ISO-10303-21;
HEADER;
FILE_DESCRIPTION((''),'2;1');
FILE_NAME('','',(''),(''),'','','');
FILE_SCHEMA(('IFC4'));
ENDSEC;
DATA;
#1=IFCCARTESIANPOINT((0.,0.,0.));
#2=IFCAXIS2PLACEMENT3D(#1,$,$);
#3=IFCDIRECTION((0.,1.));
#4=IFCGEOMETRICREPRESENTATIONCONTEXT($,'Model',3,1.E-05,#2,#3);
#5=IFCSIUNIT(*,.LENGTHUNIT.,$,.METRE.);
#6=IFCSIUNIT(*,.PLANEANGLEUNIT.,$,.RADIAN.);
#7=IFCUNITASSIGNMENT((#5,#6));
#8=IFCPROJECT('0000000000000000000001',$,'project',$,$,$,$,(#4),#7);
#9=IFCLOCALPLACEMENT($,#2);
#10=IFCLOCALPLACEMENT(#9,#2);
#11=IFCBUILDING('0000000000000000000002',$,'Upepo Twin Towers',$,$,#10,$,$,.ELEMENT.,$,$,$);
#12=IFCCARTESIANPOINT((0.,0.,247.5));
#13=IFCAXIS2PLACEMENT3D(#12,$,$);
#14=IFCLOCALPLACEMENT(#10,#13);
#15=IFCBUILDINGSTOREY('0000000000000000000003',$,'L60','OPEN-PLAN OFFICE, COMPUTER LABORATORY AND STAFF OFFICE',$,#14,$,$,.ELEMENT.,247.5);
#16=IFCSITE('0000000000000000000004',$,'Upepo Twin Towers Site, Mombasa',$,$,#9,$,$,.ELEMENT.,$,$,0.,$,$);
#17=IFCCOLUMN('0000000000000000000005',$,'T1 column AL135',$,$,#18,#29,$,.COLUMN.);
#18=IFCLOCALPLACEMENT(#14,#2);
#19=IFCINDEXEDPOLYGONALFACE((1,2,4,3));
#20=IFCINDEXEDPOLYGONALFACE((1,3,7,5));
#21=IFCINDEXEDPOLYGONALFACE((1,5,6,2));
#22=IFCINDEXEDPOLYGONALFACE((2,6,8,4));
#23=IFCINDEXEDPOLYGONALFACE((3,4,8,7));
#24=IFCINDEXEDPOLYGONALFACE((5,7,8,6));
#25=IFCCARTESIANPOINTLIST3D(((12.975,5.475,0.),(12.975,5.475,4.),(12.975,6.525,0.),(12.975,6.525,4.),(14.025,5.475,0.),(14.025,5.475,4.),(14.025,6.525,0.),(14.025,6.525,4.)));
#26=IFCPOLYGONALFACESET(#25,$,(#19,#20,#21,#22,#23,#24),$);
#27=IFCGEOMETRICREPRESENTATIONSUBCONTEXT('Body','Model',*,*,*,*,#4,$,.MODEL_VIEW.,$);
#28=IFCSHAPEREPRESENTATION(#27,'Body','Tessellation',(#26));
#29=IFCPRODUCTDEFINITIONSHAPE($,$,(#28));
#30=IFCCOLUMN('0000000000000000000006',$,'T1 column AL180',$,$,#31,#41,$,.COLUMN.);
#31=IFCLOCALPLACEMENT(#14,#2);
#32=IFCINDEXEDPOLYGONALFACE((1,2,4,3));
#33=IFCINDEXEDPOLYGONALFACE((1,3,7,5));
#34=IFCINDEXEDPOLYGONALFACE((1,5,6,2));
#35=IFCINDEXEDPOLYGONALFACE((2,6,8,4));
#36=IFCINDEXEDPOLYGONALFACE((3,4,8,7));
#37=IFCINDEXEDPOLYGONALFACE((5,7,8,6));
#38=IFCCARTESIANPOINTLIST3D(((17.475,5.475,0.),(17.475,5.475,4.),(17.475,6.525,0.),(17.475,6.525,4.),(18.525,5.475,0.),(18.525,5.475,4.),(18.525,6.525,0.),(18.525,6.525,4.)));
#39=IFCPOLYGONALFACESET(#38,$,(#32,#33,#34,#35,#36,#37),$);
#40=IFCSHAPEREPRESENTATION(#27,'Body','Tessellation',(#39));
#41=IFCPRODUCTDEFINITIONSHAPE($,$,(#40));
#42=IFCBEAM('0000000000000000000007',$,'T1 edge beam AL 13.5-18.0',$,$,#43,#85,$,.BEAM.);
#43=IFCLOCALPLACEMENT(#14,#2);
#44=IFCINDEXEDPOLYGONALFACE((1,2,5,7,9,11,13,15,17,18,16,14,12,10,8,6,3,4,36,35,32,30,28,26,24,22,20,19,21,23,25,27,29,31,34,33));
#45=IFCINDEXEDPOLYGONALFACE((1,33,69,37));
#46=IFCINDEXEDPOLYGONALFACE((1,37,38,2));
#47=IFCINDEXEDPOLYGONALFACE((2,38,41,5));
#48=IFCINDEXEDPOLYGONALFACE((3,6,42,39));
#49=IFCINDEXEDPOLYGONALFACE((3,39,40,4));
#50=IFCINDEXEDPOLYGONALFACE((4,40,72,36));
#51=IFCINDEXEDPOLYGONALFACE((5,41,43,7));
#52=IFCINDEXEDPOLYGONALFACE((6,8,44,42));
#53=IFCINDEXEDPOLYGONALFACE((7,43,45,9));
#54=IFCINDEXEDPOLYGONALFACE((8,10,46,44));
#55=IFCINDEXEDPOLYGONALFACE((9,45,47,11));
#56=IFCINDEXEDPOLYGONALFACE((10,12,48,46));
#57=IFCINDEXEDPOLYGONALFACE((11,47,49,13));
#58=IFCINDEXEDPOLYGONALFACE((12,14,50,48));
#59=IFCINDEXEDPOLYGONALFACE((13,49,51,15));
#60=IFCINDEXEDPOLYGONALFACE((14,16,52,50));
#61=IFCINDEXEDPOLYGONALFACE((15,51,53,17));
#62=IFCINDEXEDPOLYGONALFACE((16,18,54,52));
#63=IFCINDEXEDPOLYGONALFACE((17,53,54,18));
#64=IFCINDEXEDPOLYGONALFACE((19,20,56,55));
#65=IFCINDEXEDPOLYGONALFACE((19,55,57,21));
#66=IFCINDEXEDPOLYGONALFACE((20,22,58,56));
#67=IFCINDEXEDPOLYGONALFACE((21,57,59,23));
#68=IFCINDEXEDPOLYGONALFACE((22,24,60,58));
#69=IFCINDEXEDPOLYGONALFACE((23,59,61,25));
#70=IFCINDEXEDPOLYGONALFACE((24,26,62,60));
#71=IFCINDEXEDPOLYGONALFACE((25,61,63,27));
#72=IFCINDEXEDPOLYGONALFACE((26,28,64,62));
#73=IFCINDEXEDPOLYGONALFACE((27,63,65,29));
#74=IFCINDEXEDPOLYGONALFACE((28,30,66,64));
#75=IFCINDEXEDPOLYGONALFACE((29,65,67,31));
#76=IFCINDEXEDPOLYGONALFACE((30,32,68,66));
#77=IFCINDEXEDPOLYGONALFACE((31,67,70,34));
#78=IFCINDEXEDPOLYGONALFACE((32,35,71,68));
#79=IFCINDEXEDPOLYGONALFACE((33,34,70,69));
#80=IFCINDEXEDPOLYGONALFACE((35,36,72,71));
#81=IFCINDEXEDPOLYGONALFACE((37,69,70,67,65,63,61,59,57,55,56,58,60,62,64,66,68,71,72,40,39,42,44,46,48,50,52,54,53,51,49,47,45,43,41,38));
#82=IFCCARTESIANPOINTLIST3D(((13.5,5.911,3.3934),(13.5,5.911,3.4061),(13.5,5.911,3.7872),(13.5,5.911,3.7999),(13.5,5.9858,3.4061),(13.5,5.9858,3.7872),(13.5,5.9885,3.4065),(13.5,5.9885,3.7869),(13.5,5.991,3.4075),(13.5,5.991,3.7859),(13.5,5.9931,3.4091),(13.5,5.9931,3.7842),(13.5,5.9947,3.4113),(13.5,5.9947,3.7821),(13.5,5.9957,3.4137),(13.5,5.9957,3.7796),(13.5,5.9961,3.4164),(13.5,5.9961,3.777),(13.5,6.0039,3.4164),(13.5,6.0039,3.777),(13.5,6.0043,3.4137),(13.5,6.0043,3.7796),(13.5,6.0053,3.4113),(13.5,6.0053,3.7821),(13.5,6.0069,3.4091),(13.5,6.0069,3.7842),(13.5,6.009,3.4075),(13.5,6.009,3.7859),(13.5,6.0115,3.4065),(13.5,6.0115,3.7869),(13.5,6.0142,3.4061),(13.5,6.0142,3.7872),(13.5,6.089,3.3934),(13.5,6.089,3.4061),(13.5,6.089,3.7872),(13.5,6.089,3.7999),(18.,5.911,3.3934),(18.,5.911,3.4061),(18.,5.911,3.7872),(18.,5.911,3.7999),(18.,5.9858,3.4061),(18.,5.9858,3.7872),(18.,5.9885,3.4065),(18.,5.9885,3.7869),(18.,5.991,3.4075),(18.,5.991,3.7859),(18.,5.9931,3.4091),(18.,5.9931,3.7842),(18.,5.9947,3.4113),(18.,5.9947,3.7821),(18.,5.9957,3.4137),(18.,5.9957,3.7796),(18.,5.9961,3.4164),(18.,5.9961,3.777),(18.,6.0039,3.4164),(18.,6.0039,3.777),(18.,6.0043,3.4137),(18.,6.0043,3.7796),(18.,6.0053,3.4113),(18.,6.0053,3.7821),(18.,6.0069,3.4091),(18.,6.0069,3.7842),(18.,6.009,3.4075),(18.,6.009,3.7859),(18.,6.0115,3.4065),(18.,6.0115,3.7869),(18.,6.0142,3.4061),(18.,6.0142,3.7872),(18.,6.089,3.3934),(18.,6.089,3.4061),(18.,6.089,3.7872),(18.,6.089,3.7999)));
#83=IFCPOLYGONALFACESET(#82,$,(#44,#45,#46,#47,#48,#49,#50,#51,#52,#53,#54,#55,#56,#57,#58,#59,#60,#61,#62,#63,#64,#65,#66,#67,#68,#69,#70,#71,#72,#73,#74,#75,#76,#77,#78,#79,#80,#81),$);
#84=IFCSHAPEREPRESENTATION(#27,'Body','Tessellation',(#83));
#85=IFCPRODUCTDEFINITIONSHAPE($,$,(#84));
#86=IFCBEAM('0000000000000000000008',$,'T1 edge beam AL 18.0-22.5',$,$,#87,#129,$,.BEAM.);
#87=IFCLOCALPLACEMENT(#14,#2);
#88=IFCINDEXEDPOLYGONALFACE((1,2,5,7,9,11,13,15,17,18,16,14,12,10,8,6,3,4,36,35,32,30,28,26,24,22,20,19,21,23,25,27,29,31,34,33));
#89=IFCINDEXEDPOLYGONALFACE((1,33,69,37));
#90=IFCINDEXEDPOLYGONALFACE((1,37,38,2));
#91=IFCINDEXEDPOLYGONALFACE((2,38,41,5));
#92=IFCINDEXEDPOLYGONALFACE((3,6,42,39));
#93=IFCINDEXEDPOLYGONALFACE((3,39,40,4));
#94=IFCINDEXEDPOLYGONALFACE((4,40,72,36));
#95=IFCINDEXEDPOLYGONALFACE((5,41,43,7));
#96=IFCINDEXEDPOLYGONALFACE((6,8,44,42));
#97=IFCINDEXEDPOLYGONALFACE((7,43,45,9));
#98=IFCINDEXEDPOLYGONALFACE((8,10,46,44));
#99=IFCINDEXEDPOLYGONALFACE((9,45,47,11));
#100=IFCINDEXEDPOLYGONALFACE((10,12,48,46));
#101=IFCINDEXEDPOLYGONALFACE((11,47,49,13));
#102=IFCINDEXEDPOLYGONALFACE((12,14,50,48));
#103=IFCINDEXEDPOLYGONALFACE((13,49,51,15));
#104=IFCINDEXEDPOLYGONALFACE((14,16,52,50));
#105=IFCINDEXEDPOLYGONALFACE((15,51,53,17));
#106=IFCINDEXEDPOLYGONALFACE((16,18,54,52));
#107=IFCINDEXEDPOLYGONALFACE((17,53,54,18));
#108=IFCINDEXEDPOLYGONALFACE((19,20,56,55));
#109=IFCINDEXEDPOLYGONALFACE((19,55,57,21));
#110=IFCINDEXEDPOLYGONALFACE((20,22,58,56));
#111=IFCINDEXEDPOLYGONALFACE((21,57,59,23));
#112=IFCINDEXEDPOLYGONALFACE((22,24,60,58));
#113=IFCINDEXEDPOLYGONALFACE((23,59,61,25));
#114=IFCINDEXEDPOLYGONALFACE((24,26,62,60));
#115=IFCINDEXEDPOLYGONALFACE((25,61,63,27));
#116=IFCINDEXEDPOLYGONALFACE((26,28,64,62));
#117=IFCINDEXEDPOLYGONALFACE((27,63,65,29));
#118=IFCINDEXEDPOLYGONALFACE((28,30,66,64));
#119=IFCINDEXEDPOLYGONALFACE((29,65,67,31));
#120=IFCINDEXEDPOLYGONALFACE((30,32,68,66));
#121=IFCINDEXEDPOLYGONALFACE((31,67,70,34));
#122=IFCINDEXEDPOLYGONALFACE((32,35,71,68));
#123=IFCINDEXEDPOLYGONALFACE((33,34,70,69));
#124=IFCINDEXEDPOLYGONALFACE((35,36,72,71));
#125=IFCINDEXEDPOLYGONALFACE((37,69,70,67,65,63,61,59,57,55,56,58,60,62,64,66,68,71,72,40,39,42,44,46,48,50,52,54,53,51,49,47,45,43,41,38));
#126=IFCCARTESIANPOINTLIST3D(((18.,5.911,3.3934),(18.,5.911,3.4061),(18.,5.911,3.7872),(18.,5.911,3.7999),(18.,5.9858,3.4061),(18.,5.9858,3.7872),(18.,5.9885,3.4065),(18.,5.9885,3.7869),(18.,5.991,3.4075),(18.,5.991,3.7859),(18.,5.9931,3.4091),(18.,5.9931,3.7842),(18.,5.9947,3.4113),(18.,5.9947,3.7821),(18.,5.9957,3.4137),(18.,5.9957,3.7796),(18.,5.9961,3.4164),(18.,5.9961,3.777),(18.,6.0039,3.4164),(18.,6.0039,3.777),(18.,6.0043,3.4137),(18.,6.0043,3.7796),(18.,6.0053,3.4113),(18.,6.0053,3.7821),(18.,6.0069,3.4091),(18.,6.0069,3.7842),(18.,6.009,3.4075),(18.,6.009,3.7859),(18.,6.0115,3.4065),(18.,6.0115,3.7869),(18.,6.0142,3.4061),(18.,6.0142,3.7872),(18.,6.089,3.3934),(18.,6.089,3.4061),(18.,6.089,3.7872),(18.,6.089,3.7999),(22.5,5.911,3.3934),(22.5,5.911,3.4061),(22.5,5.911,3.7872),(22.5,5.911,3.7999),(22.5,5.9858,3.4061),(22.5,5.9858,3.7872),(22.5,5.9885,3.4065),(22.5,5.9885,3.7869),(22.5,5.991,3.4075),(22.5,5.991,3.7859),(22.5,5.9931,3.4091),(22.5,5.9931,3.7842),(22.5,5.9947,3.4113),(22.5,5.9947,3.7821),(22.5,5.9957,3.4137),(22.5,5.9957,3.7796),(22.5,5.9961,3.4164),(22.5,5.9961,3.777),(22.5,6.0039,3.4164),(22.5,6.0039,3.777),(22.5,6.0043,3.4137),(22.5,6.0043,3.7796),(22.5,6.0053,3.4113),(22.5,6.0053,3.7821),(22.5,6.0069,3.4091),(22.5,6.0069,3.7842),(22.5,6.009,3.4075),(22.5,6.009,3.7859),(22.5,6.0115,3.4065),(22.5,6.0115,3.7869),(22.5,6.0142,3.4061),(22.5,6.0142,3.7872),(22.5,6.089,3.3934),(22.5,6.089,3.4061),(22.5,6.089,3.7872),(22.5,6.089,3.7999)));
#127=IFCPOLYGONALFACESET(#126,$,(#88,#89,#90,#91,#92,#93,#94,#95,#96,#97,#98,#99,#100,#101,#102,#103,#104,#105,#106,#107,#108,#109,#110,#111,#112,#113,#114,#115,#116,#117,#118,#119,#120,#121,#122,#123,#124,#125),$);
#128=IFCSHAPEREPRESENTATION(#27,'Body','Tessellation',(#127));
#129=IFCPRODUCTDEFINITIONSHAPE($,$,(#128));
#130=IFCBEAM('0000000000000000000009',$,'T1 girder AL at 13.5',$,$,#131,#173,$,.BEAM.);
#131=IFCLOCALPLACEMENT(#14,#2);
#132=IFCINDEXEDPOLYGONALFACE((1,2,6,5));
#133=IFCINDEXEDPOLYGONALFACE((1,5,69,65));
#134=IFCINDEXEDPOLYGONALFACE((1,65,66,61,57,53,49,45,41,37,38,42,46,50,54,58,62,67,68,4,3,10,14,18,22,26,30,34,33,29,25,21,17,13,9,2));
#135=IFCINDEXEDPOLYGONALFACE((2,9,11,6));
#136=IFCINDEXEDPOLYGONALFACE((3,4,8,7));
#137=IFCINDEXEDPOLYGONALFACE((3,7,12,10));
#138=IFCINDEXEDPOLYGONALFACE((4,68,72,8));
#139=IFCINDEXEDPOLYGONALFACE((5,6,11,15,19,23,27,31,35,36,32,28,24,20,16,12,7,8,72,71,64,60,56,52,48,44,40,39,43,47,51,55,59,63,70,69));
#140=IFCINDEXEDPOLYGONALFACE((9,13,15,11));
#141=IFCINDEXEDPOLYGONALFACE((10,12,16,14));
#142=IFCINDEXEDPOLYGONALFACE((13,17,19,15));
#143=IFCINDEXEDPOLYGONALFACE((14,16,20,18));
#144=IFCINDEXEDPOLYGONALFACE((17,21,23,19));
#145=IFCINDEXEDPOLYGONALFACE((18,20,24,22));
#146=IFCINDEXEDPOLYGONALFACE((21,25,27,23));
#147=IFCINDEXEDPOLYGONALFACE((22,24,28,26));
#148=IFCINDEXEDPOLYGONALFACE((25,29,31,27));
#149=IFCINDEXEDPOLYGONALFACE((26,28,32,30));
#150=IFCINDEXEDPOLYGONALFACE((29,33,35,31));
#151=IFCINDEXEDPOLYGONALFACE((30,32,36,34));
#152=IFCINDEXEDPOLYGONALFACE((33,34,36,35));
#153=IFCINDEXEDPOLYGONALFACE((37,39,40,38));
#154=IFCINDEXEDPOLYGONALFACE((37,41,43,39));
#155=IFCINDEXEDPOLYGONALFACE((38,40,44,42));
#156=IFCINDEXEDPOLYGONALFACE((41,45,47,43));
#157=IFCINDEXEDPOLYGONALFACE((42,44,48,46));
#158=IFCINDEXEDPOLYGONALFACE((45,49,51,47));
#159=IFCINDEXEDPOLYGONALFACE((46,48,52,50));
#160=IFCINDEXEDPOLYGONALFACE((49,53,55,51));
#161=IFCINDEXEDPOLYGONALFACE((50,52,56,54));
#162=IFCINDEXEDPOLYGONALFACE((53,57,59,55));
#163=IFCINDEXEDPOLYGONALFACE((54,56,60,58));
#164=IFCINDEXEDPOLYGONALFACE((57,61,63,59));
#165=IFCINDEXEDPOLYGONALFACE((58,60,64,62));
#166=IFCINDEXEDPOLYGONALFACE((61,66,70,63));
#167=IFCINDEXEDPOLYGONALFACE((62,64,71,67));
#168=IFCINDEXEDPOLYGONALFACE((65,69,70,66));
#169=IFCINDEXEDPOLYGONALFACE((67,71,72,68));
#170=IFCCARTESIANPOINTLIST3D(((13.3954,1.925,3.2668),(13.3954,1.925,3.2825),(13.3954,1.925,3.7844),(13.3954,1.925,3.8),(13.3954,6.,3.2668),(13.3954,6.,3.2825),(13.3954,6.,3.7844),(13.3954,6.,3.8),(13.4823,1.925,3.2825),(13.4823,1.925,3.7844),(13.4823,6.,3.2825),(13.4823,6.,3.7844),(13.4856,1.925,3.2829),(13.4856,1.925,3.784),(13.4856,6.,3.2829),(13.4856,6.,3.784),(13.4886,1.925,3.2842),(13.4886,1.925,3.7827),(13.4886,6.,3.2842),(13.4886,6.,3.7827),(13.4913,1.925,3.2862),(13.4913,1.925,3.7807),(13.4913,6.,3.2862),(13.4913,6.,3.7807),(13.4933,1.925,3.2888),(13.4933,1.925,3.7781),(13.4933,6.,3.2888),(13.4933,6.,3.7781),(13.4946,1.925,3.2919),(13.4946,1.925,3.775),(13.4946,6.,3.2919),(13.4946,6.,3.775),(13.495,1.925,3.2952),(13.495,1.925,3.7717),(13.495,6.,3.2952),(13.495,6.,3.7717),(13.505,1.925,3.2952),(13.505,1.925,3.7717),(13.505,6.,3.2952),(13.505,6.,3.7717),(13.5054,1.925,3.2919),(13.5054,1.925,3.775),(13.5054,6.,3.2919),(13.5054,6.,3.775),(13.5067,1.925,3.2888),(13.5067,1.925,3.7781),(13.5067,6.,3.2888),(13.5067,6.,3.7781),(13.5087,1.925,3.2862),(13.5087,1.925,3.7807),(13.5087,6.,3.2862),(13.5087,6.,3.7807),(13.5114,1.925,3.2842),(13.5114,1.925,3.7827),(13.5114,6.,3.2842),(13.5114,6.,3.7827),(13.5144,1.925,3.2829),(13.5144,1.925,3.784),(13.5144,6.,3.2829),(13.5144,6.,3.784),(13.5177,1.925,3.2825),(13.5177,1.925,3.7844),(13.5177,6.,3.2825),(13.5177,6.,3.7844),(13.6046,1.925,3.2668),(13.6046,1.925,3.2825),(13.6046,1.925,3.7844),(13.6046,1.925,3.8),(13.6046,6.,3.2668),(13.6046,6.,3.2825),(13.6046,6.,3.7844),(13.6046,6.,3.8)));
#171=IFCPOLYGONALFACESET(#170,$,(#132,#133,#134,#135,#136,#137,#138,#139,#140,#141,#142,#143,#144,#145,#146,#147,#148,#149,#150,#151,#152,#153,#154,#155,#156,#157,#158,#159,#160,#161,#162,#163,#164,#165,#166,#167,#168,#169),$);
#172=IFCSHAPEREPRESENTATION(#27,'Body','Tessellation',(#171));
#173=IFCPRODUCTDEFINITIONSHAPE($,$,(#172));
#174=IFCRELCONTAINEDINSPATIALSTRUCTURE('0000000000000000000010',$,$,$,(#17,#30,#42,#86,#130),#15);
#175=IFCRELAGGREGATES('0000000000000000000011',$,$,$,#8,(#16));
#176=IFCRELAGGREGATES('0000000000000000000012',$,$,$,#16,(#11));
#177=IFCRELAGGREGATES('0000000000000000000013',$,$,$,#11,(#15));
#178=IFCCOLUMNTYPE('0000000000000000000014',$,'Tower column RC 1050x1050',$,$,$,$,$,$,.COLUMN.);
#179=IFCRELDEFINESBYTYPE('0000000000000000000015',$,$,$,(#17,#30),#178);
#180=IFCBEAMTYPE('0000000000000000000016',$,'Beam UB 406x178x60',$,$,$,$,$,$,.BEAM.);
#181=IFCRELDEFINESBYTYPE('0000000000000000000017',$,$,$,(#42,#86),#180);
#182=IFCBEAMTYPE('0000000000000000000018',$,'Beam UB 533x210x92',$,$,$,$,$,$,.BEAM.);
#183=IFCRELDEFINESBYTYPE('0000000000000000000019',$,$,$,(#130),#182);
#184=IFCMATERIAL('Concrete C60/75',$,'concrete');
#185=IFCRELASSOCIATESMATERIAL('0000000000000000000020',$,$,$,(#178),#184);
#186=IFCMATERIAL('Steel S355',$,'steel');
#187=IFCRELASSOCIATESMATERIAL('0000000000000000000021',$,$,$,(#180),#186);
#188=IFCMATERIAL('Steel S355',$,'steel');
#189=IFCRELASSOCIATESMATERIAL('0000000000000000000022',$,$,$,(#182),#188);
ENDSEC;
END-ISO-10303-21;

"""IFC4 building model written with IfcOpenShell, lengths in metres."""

from ifc_helpers import new_model, si_unit, direction, frame, origin, origin_2d, place, context, subcontext, project, spatial, rectangle, i_section, extrude, material, material_profile, profile_set, type_object, element, save


model = new_model("IFC4")

# Units and contexts
model_context = context("Model", 3, precision=1e-05, world=origin(), true_north=direction((0.0, 1.0)))
body_context = subcontext(model_context, "Body", "Model", "MODEL_VIEW")
ifc_project = project(units=[si_unit("LENGTHUNIT", "METRE"), si_unit("PLANEANGLEUNIT", "RADIAN")], contexts=[model_context])

# Site, building, storey
site_placement = place(None, origin())
site = spatial("IfcSite", under=ifc_project, at=site_placement, Name="Upepo Twin Towers Site, Mombasa", CompositionType="ELEMENT", RefElevation=0.0)
building_placement = place(site_placement, origin())
building = spatial("IfcBuilding", under=site, at=building_placement, Name="Upepo Twin Towers", CompositionType="ELEMENT")
storey_placement = place(building_placement, frame((0.0, 0.0, 247.5)))
storey = spatial("IfcBuildingStorey", under=building, at=storey_placement, Name="L60", Description="OPEN-PLAN OFFICE, COMPUTER LABORATORY AND STAFF OFFICE", CompositionType="ELEMENT", Elevation=247.5)

# Columns
ifc_material_1 = material(Name="Concrete C60/75", Category="concrete")
ifc_material_profile_1 = material_profile(ifc_material_1, rectangle(XDim=1.05, YDim=1.05, at=origin_2d()), Name="RC 1050x1050")
ifc_profile_set_1 = profile_set([ifc_material_profile_1], Name="Concrete C60/75")
column_type = type_object("IfcColumnType", Name="Tower column RC 1050x1050", PredefinedType="COLUMN", material=ifc_profile_set_1)
for number, where, z_axis, x_axis, name in (
    (1, (13.5, 6.0, 0.0), (0.0, 0.0, 1.0), (1.0, 0.0, 0.0), "T1 column AL135"),
    (2, (18.0, 6.0, 0.0), (0.0, 0.0, 1.0), (1.0, 0.0, 0.0), "T1 column AL180"),
):
    element("IfcColumn", number, at=place(storey_placement, frame(where, z_axis=z_axis, x_axis=x_axis)), inside=storey, type_object=column_type, Name=name, PredefinedType="COLUMN", context=body_context, shape_type="SweptSolid", body=[
        extrude(rectangle(XDim=1.05, YDim=1.05, at=origin_2d()), origin(), (0.0, 0.0, 1.0), 4.0),
    ])

# Beams
ifc_material_2 = material(Name="Steel S355", Category="steel")
ifc_material_profile_2 = material_profile(ifc_material_2, i_section(OverallWidth=0.178, OverallDepth=0.4065, WebThickness=0.0078, FlangeThickness=0.0127, FilletRadius=0.0103, at=origin_2d()), Name="UB 406x178x60")
ifc_profile_set_2 = profile_set([ifc_material_profile_2], Name="Steel S355")
beam_type_1 = type_object("IfcBeamType", Name="Beam UB 406x178x60", PredefinedType="BEAM", material=ifc_profile_set_2)
for number, where, z_axis, x_axis, name in (
    (3, (13.5, 6.0, 3.5967), (1.0, 0.0, 0.0), (0.0, 1.0, 0.0), "T1 edge beam AL 13.5-18.0"),
    (4, (18.0, 6.0, 3.5967), (1.0, 0.0, 0.0), (0.0, 1.0, 0.0), "T1 edge beam AL 18.0-22.5"),
):
    element("IfcBeam", number, at=place(storey_placement, frame(where, z_axis=z_axis, x_axis=x_axis)), inside=storey, type_object=beam_type_1, Name=name, PredefinedType="BEAM", context=body_context, shape_type="SweptSolid", body=[
        extrude(i_section(OverallWidth=0.178, OverallDepth=0.4065, WebThickness=0.0078, FlangeThickness=0.0127, FilletRadius=0.0103, at=origin_2d()), origin(), (0.0, 0.0, 1.0), 4.5),
    ])
ifc_material_3 = material(Name="Steel S355", Category="steel")
ifc_material_profile_3 = material_profile(ifc_material_3, i_section(OverallWidth=0.2092, OverallDepth=0.5332, WebThickness=0.01, FlangeThickness=0.0156, FilletRadius=0.0127, at=origin_2d()), Name="UB 533x210x92")
ifc_profile_set_3 = profile_set([ifc_material_profile_3], Name="Steel S355")
beam_type_2 = type_object("IfcBeamType", Name="Beam UB 533x210x92", PredefinedType="BEAM", material=ifc_profile_set_3)
for number, where, z_axis, x_axis, name in (
    (5, (13.5, 6.0, 3.5334), (0.0, -1.0, 0.0), (1.0, 0.0, 0.0), "T1 girder AL at 13.5"),
):
    element("IfcBeam", number, at=place(storey_placement, frame(where, z_axis=z_axis, x_axis=x_axis)), inside=storey, type_object=beam_type_2, Name=name, PredefinedType="BEAM", context=body_context, shape_type="SweptSolid", body=[
        extrude(i_section(OverallWidth=0.2092, OverallDepth=0.5332, WebThickness=0.01, FlangeThickness=0.0156, FilletRadius=0.0127, at=origin_2d()), origin(), (0.0, 0.0, 1.0), 4.075),
    ])

save(model, "model.ifc")
